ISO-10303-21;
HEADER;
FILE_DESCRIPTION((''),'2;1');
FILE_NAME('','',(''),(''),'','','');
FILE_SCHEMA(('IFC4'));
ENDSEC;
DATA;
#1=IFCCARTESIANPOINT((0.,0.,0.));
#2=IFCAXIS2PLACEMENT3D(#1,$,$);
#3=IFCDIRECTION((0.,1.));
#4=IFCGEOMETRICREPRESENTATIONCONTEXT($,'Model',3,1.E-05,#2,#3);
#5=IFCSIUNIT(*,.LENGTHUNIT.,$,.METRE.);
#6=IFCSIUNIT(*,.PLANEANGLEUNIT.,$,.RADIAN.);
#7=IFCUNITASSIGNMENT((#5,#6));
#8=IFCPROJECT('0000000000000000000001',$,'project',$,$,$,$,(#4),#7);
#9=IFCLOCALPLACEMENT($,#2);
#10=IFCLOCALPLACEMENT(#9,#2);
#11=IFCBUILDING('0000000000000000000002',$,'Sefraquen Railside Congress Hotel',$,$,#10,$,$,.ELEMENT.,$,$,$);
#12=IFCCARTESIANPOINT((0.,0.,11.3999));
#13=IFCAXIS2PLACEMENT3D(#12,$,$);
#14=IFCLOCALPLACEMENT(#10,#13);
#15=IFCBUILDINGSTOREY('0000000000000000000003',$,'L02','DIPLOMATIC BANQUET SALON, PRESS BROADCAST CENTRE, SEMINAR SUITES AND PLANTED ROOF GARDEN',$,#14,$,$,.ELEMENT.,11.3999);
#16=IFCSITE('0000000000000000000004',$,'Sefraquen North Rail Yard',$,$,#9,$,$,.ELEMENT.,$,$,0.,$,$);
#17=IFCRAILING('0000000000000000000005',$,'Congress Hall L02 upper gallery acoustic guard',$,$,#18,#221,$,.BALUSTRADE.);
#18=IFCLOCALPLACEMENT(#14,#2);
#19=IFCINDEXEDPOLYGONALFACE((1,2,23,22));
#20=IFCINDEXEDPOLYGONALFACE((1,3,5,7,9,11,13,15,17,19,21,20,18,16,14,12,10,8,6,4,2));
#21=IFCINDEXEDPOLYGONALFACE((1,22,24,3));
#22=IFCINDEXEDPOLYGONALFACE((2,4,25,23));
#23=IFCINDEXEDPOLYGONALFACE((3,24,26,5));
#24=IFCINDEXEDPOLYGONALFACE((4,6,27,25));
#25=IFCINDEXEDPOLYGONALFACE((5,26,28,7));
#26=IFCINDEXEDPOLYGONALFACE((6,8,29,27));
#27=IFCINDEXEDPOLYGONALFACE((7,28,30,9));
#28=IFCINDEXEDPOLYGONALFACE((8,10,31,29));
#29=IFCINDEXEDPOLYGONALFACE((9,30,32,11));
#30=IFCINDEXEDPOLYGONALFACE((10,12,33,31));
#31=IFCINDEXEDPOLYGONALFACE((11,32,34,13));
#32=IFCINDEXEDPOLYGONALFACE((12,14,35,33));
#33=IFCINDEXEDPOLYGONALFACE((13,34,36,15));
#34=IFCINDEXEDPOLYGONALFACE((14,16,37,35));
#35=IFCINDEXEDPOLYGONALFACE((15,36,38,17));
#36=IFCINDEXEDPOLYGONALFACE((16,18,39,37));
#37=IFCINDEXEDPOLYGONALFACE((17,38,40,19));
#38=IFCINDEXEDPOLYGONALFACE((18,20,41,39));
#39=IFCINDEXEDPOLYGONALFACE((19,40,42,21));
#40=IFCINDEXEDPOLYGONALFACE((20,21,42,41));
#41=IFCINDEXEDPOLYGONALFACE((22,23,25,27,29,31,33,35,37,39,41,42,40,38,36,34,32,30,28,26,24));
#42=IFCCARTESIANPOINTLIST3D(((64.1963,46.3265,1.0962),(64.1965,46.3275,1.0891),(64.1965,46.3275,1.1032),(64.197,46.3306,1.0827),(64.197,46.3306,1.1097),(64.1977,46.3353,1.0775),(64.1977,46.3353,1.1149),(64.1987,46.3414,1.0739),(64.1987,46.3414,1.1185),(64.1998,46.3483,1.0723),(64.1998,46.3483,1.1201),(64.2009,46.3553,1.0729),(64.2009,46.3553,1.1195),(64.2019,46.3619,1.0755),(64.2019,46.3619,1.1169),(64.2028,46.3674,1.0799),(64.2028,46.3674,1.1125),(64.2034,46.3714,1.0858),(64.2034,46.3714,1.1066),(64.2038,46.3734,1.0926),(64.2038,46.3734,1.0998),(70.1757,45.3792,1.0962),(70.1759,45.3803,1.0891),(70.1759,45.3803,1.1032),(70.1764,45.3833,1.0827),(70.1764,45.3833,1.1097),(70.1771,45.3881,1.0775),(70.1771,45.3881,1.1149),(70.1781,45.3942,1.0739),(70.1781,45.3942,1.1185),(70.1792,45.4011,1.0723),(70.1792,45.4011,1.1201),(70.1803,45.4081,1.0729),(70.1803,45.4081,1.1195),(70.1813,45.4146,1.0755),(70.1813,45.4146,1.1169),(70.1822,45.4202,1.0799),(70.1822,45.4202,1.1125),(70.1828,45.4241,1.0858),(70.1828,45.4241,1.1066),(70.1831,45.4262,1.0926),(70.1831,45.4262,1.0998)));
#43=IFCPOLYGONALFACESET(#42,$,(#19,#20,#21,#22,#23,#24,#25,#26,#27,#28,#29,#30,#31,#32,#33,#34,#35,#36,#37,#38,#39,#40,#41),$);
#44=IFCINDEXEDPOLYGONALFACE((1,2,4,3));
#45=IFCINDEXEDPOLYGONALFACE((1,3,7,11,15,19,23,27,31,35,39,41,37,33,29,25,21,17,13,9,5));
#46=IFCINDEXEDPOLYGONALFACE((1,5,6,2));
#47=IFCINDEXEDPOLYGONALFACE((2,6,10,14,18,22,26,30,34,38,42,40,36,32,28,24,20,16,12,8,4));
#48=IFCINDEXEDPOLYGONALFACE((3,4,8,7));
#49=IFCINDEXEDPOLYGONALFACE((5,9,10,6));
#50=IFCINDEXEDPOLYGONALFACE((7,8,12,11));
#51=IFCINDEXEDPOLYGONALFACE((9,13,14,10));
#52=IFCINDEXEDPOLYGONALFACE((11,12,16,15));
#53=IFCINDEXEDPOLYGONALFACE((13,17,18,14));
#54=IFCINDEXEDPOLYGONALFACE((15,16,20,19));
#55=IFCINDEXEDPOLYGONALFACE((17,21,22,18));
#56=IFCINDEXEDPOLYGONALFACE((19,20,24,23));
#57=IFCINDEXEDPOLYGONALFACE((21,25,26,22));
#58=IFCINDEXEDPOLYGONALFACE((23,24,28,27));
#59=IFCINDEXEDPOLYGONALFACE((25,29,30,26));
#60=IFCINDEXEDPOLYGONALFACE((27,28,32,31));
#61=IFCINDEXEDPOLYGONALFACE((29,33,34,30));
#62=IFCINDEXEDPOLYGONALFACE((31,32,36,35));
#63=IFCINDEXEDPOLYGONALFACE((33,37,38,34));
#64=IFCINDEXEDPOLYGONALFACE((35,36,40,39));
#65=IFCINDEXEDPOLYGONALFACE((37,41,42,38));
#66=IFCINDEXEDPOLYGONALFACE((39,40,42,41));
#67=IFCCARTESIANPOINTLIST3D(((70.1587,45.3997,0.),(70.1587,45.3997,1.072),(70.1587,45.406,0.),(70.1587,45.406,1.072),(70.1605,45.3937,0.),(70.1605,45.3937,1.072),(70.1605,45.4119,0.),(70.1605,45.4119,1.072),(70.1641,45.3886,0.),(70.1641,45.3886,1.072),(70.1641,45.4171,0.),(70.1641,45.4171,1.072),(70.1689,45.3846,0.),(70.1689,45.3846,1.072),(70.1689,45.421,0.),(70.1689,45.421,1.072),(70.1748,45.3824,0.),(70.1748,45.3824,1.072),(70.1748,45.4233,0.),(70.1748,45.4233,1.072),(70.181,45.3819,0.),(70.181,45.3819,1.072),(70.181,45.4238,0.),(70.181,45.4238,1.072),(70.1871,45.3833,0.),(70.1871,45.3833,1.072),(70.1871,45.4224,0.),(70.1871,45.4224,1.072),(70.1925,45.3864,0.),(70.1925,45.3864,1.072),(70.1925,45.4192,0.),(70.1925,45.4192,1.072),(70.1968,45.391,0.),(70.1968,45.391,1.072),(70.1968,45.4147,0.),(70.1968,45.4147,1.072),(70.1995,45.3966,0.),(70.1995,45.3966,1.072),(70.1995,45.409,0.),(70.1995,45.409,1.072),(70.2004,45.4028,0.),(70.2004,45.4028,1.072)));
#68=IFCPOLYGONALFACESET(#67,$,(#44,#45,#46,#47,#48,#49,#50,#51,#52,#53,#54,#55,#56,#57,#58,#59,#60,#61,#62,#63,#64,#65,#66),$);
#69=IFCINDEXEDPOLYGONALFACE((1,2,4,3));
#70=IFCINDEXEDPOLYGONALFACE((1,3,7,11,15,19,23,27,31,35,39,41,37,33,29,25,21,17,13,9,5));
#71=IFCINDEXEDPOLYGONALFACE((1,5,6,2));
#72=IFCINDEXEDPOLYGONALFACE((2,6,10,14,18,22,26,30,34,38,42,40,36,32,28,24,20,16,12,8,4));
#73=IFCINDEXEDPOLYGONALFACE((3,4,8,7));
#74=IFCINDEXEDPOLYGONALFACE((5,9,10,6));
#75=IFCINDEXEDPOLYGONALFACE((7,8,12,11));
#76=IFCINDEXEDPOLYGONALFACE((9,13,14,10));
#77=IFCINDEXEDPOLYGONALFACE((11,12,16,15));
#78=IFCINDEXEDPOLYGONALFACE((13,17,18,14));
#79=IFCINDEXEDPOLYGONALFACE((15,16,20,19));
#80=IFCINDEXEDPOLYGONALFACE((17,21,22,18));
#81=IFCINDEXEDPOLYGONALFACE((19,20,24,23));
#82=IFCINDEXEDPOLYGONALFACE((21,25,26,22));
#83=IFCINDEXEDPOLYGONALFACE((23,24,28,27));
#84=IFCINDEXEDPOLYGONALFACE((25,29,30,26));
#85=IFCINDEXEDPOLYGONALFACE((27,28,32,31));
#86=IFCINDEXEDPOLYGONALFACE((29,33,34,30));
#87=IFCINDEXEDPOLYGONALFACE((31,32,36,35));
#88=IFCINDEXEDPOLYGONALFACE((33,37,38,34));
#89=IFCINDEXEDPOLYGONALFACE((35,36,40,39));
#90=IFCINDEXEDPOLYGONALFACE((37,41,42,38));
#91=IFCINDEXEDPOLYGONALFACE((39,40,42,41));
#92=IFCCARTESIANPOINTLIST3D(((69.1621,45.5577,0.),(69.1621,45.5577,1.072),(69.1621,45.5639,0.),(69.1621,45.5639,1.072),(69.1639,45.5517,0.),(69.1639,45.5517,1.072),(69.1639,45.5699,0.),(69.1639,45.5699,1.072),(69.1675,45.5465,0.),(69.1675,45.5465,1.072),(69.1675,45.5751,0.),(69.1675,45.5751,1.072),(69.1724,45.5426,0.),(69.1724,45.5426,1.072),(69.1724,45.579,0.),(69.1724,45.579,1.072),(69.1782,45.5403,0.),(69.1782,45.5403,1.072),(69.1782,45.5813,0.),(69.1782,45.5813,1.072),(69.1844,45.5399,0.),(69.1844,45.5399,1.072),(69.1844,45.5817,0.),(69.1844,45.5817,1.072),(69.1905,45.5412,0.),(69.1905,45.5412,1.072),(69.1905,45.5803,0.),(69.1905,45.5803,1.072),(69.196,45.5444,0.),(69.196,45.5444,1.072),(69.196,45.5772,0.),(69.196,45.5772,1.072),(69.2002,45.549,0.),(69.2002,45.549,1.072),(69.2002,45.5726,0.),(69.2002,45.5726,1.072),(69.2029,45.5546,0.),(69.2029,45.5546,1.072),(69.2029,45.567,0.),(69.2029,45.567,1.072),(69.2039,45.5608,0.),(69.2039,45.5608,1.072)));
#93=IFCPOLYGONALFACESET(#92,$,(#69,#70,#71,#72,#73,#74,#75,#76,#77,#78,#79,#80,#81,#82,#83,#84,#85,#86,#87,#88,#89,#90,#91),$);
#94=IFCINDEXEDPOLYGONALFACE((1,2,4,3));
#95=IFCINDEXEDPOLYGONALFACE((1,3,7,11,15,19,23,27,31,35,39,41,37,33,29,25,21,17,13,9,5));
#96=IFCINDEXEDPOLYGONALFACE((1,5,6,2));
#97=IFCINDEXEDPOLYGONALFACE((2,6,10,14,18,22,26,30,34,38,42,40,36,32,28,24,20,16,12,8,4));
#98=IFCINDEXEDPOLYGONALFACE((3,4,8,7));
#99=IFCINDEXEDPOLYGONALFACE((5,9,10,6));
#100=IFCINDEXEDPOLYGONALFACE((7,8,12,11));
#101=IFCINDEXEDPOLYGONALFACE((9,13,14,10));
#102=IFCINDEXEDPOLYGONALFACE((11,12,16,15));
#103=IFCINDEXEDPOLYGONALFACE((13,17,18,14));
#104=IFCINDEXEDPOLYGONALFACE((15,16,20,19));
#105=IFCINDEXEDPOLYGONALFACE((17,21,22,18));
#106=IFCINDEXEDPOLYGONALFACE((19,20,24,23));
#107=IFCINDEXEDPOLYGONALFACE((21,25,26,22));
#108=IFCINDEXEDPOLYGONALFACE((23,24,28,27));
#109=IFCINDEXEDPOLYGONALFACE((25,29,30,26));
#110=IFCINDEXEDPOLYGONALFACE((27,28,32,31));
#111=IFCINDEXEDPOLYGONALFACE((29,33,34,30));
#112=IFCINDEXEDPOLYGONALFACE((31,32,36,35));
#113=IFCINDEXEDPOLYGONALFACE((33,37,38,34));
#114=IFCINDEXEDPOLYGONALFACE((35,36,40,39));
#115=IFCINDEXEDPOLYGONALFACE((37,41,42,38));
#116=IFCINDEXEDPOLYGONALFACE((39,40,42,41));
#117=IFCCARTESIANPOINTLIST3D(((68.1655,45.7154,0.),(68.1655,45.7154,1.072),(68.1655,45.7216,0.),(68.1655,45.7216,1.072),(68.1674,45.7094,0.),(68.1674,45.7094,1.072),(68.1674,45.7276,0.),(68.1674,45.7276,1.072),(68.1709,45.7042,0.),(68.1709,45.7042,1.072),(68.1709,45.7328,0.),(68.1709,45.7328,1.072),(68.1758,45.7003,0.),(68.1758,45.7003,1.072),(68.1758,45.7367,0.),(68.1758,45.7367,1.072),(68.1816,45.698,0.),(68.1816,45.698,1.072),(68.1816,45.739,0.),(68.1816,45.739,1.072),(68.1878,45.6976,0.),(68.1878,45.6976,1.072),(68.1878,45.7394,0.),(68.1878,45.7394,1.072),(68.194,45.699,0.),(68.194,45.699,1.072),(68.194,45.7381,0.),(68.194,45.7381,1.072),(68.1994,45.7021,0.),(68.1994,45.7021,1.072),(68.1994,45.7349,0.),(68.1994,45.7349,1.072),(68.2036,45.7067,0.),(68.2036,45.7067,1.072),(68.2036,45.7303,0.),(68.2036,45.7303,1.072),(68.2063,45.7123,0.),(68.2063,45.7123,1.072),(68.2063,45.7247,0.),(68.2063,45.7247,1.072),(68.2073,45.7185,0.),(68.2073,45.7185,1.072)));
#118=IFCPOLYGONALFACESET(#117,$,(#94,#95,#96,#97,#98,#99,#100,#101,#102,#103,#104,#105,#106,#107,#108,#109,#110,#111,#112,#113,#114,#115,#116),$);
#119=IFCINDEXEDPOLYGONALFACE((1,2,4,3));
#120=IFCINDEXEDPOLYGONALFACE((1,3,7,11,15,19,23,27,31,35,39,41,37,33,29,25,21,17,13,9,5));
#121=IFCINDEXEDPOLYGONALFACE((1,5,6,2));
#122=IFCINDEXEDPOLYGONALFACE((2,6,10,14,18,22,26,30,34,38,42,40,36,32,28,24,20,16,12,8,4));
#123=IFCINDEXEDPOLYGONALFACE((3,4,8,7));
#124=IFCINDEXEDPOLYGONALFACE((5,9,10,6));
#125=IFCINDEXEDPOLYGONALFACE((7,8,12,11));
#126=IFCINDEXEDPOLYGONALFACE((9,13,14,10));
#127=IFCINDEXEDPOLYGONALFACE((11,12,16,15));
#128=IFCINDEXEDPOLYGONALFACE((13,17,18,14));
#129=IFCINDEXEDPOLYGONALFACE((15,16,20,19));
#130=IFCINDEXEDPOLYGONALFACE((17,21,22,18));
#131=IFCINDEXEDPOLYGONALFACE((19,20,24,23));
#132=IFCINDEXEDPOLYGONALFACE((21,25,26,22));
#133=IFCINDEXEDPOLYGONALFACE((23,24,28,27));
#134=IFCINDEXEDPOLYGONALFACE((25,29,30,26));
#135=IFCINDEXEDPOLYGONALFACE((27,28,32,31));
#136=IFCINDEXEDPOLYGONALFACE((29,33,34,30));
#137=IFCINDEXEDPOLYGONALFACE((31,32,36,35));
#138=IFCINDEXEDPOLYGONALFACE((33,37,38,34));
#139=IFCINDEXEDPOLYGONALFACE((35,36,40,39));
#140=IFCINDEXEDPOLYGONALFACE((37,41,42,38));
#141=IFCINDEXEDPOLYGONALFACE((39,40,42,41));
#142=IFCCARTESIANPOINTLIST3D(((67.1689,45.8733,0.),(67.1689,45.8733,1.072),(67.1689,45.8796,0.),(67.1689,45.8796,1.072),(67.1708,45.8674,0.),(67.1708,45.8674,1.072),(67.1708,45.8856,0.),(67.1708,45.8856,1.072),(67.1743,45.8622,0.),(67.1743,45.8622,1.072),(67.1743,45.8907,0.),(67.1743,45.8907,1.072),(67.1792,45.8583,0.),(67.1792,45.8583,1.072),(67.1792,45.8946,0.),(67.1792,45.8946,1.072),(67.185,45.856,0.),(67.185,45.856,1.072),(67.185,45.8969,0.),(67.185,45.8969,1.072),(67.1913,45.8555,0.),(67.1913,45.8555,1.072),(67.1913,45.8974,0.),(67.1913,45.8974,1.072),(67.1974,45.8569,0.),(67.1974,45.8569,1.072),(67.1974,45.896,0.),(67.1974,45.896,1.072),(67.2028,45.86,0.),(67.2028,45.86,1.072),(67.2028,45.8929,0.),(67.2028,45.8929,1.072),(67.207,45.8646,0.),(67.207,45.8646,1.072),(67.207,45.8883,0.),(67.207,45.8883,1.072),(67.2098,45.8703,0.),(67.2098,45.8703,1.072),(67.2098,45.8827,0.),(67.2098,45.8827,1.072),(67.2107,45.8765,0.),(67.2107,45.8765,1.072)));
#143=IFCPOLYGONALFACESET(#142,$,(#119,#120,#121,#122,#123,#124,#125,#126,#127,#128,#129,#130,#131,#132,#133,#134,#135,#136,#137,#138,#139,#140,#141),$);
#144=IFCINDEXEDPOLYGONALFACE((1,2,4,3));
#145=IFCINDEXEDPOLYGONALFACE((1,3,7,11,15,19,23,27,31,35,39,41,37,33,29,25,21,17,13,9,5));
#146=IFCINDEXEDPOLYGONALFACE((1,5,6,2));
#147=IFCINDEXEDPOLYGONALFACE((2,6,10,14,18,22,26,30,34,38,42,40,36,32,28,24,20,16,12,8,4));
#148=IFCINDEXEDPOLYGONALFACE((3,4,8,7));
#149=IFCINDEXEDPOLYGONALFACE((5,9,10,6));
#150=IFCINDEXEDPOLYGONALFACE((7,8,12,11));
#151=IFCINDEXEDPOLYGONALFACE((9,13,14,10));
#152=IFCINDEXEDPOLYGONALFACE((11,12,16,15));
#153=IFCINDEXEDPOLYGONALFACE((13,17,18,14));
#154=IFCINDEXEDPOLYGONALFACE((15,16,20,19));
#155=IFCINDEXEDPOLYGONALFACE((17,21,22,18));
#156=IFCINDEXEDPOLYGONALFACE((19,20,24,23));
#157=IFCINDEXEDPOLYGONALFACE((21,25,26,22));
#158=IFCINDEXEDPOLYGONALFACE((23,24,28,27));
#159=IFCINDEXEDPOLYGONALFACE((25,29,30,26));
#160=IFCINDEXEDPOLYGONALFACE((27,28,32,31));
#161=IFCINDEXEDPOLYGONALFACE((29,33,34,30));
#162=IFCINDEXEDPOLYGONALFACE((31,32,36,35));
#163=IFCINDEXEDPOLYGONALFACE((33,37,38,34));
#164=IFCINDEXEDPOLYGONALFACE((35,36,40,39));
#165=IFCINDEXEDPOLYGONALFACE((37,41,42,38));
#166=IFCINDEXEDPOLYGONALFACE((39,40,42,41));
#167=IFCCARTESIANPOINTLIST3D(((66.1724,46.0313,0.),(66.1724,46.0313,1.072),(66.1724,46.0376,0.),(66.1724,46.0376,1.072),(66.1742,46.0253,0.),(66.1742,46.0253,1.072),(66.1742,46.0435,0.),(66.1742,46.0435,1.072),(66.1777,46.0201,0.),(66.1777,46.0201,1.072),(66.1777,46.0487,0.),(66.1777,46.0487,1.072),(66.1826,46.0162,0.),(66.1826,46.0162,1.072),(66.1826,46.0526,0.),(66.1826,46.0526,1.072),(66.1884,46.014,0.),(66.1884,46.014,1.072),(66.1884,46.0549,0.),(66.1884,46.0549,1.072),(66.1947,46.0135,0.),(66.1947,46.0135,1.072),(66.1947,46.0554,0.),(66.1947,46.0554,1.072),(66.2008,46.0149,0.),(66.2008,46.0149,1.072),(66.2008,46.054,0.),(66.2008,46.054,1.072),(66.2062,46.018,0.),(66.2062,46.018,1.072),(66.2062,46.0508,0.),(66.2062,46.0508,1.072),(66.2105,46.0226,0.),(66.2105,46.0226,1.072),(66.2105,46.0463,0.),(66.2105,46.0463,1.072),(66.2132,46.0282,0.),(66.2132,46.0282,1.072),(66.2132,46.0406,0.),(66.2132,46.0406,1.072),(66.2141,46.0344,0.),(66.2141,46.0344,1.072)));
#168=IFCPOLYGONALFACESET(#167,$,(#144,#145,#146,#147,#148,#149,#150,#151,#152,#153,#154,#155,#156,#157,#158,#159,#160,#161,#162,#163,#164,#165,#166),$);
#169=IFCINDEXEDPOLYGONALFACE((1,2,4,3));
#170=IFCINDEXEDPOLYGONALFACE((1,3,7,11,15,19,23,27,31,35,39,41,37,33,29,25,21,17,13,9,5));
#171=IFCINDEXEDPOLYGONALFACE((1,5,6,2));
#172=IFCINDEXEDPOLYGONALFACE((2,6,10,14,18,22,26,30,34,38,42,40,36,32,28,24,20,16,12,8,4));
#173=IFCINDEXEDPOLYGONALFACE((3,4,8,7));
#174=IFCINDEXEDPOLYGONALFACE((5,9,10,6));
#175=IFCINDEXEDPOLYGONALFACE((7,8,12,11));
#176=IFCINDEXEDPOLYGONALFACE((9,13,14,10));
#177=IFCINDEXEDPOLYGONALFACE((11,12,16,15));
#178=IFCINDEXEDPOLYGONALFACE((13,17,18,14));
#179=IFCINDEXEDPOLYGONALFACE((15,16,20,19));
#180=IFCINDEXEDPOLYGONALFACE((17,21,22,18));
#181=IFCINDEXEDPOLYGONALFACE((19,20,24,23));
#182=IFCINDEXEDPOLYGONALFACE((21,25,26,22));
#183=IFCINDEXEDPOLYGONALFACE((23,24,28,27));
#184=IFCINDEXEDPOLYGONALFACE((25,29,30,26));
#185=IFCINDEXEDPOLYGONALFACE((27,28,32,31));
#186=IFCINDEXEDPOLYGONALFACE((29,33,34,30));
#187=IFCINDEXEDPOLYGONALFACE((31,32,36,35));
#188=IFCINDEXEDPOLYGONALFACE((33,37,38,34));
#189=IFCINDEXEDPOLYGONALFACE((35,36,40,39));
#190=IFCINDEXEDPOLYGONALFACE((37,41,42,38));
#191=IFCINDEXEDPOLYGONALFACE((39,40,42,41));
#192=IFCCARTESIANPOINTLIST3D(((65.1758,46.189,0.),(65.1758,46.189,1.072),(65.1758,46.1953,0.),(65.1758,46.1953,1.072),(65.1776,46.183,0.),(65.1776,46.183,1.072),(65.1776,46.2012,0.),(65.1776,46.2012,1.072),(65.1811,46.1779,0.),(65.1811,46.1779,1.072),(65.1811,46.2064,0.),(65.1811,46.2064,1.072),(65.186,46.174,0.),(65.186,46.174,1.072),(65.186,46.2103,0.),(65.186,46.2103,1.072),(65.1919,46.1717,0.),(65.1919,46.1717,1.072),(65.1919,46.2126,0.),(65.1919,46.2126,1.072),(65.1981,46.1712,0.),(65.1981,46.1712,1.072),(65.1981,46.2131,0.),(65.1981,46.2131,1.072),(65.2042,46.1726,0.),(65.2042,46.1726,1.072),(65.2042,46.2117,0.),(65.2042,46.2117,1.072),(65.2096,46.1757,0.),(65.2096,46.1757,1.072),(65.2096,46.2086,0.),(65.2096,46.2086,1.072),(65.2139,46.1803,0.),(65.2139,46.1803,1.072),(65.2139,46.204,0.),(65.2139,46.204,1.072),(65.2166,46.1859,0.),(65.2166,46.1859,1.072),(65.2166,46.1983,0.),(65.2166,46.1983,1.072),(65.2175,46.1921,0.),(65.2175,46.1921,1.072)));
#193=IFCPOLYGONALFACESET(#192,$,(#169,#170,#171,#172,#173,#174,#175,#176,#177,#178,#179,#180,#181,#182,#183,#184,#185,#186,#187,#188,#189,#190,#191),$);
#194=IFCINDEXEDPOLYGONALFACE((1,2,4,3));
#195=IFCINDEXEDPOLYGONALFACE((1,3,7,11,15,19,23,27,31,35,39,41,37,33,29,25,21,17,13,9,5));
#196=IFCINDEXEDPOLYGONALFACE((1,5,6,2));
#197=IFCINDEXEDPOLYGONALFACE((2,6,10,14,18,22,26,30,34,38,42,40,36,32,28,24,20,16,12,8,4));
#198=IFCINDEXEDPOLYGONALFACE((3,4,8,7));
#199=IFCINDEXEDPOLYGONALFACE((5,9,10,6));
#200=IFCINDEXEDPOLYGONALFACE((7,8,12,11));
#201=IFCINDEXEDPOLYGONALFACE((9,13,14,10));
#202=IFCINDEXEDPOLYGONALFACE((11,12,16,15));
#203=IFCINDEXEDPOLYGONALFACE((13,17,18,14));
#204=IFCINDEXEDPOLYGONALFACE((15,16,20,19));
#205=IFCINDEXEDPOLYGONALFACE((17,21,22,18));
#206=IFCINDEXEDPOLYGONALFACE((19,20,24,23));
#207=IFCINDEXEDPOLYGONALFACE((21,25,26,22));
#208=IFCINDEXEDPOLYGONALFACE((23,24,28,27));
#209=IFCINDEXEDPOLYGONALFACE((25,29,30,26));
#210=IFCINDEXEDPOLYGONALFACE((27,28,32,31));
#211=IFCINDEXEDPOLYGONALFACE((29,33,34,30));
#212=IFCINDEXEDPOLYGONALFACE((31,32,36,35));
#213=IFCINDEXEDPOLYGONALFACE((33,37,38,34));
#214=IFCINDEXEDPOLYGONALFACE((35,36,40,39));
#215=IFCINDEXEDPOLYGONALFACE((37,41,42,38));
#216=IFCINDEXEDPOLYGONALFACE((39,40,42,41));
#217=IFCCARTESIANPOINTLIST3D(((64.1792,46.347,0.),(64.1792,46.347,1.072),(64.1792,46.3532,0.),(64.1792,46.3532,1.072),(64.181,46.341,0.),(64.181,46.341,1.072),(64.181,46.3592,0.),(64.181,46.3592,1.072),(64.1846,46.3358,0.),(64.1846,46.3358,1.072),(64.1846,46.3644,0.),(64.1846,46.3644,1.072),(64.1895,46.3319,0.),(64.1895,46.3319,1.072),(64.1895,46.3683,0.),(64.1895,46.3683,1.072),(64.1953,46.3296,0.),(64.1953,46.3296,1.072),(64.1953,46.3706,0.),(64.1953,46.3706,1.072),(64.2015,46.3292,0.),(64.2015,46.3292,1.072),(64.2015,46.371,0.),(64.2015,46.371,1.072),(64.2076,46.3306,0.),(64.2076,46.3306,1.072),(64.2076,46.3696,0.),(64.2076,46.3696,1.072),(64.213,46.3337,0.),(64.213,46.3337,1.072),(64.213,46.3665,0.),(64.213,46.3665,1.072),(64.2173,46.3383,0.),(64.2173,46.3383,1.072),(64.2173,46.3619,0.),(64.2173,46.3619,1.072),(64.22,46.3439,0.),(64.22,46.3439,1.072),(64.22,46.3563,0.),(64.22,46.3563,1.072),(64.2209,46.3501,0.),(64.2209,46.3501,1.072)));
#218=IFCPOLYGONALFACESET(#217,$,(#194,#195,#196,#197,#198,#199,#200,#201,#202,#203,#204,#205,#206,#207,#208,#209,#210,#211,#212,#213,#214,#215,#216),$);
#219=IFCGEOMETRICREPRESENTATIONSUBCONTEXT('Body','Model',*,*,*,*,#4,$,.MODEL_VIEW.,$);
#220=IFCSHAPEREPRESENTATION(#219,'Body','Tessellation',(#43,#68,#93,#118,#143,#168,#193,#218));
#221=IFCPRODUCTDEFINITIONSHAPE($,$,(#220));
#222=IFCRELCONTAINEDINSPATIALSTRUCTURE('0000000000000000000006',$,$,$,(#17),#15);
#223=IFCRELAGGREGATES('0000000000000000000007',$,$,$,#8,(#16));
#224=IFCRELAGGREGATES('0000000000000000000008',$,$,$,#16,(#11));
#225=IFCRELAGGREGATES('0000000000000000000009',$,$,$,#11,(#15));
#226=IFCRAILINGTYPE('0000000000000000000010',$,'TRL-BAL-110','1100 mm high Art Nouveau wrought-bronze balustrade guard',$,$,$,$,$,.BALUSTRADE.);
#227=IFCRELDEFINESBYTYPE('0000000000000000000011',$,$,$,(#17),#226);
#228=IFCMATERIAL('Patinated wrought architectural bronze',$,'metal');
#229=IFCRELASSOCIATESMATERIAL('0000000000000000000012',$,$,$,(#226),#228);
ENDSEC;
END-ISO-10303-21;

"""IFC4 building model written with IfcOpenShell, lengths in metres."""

from ifc_helpers import new_model, si_unit, direction, frame, origin, origin_2d, place, context, subcontext, project, spatial, circle, extrude, material, type_object, element, save


model = new_model("IFC4")

# Units and contexts
model_context = context("Model", 3, precision=1e-05, world=origin(), true_north=direction((0.0, 1.0)))
body_context = subcontext(model_context, "Body", "Model", "MODEL_VIEW")
ifc_project = project(units=[si_unit("LENGTHUNIT", "METRE"), si_unit("PLANEANGLEUNIT", "RADIAN")], contexts=[model_context])

# Site, building, storey
site_placement = place(None, origin())
site = spatial("IfcSite", under=ifc_project, at=site_placement, Name="Sefraquen North Rail Yard", CompositionType="ELEMENT", RefElevation=0.0)
building_placement = place(site_placement, origin())
building = spatial("IfcBuilding", under=site, at=building_placement, Name="Sefraquen Railside Congress Hotel", CompositionType="ELEMENT")
storey_placement = place(building_placement, frame((0.0, 0.0, 11.3999)))
storey = spatial("IfcBuildingStorey", under=building, at=storey_placement, Name="L02", Description="DIPLOMATIC BANQUET SALON, PRESS BROADCAST CENTRE, SEMINAR SUITES AND PLANTED ROOF GARDEN", CompositionType="ELEMENT", Elevation=11.3999)

# Railing
ifc_material_1 = material(Name="Patinated wrought architectural bronze", Category="metal")
railing_type = type_object("IfcRailingType", Name="TRL-BAL-110", Description="1100 mm high Art Nouveau wrought-bronze balustrade guard", PredefinedType="BALUSTRADE", material=ifc_material_1)
railing_1_placement = place(storey_placement, frame((70.1794, 45.4028, 0.0)))
element("IfcRailing", 1, at=railing_1_placement, inside=storey, type_object=railing_type, Name="Congress Hall L02 upper gallery acoustic guard", PredefinedType="BALUSTRADE", context=body_context, shape_type="SweptSolid", body=[
    extrude(circle(Radius=0.0239, at=origin_2d()), frame((0.0, 0.0, 1.0962), z_axis=(-0.987683, 0.156468, 0.0), x_axis=(-0.156468, -0.987683, 0.0)), (0.0, 0.0, 1.0), 6.054),
    extrude(circle(Radius=0.021, at=origin_2d()), origin(), (0.0, 0.0, 1.0), 1.072),
    extrude(circle(Radius=0.021, at=origin_2d()), frame((-0.9966, 0.158, 0.0)), (0.0, 0.0, 1.0), 1.072),
    extrude(circle(Radius=0.021, at=origin_2d()), frame((-1.9932, 0.3157, 0.0)), (0.0, 0.0, 1.0), 1.072),
    extrude(circle(Radius=0.021, at=origin_2d()), frame((-2.9897, 0.4736, 0.0)), (0.0, 0.0, 1.0), 1.072),
    extrude(circle(Radius=0.021, at=origin_2d()), frame((-3.9863, 0.6316, 0.0)), (0.0, 0.0, 1.0), 1.072),
    extrude(circle(Radius=0.021, at=origin_2d()), frame((-4.9829, 0.7893, 0.0)), (0.0, 0.0, 1.0), 1.072),
    extrude(circle(Radius=0.021, at=origin_2d()), frame((-5.9795, 0.9473, 0.0)), (0.0, 0.0, 1.0), 1.072),
])

save(model, "model.ifc")
